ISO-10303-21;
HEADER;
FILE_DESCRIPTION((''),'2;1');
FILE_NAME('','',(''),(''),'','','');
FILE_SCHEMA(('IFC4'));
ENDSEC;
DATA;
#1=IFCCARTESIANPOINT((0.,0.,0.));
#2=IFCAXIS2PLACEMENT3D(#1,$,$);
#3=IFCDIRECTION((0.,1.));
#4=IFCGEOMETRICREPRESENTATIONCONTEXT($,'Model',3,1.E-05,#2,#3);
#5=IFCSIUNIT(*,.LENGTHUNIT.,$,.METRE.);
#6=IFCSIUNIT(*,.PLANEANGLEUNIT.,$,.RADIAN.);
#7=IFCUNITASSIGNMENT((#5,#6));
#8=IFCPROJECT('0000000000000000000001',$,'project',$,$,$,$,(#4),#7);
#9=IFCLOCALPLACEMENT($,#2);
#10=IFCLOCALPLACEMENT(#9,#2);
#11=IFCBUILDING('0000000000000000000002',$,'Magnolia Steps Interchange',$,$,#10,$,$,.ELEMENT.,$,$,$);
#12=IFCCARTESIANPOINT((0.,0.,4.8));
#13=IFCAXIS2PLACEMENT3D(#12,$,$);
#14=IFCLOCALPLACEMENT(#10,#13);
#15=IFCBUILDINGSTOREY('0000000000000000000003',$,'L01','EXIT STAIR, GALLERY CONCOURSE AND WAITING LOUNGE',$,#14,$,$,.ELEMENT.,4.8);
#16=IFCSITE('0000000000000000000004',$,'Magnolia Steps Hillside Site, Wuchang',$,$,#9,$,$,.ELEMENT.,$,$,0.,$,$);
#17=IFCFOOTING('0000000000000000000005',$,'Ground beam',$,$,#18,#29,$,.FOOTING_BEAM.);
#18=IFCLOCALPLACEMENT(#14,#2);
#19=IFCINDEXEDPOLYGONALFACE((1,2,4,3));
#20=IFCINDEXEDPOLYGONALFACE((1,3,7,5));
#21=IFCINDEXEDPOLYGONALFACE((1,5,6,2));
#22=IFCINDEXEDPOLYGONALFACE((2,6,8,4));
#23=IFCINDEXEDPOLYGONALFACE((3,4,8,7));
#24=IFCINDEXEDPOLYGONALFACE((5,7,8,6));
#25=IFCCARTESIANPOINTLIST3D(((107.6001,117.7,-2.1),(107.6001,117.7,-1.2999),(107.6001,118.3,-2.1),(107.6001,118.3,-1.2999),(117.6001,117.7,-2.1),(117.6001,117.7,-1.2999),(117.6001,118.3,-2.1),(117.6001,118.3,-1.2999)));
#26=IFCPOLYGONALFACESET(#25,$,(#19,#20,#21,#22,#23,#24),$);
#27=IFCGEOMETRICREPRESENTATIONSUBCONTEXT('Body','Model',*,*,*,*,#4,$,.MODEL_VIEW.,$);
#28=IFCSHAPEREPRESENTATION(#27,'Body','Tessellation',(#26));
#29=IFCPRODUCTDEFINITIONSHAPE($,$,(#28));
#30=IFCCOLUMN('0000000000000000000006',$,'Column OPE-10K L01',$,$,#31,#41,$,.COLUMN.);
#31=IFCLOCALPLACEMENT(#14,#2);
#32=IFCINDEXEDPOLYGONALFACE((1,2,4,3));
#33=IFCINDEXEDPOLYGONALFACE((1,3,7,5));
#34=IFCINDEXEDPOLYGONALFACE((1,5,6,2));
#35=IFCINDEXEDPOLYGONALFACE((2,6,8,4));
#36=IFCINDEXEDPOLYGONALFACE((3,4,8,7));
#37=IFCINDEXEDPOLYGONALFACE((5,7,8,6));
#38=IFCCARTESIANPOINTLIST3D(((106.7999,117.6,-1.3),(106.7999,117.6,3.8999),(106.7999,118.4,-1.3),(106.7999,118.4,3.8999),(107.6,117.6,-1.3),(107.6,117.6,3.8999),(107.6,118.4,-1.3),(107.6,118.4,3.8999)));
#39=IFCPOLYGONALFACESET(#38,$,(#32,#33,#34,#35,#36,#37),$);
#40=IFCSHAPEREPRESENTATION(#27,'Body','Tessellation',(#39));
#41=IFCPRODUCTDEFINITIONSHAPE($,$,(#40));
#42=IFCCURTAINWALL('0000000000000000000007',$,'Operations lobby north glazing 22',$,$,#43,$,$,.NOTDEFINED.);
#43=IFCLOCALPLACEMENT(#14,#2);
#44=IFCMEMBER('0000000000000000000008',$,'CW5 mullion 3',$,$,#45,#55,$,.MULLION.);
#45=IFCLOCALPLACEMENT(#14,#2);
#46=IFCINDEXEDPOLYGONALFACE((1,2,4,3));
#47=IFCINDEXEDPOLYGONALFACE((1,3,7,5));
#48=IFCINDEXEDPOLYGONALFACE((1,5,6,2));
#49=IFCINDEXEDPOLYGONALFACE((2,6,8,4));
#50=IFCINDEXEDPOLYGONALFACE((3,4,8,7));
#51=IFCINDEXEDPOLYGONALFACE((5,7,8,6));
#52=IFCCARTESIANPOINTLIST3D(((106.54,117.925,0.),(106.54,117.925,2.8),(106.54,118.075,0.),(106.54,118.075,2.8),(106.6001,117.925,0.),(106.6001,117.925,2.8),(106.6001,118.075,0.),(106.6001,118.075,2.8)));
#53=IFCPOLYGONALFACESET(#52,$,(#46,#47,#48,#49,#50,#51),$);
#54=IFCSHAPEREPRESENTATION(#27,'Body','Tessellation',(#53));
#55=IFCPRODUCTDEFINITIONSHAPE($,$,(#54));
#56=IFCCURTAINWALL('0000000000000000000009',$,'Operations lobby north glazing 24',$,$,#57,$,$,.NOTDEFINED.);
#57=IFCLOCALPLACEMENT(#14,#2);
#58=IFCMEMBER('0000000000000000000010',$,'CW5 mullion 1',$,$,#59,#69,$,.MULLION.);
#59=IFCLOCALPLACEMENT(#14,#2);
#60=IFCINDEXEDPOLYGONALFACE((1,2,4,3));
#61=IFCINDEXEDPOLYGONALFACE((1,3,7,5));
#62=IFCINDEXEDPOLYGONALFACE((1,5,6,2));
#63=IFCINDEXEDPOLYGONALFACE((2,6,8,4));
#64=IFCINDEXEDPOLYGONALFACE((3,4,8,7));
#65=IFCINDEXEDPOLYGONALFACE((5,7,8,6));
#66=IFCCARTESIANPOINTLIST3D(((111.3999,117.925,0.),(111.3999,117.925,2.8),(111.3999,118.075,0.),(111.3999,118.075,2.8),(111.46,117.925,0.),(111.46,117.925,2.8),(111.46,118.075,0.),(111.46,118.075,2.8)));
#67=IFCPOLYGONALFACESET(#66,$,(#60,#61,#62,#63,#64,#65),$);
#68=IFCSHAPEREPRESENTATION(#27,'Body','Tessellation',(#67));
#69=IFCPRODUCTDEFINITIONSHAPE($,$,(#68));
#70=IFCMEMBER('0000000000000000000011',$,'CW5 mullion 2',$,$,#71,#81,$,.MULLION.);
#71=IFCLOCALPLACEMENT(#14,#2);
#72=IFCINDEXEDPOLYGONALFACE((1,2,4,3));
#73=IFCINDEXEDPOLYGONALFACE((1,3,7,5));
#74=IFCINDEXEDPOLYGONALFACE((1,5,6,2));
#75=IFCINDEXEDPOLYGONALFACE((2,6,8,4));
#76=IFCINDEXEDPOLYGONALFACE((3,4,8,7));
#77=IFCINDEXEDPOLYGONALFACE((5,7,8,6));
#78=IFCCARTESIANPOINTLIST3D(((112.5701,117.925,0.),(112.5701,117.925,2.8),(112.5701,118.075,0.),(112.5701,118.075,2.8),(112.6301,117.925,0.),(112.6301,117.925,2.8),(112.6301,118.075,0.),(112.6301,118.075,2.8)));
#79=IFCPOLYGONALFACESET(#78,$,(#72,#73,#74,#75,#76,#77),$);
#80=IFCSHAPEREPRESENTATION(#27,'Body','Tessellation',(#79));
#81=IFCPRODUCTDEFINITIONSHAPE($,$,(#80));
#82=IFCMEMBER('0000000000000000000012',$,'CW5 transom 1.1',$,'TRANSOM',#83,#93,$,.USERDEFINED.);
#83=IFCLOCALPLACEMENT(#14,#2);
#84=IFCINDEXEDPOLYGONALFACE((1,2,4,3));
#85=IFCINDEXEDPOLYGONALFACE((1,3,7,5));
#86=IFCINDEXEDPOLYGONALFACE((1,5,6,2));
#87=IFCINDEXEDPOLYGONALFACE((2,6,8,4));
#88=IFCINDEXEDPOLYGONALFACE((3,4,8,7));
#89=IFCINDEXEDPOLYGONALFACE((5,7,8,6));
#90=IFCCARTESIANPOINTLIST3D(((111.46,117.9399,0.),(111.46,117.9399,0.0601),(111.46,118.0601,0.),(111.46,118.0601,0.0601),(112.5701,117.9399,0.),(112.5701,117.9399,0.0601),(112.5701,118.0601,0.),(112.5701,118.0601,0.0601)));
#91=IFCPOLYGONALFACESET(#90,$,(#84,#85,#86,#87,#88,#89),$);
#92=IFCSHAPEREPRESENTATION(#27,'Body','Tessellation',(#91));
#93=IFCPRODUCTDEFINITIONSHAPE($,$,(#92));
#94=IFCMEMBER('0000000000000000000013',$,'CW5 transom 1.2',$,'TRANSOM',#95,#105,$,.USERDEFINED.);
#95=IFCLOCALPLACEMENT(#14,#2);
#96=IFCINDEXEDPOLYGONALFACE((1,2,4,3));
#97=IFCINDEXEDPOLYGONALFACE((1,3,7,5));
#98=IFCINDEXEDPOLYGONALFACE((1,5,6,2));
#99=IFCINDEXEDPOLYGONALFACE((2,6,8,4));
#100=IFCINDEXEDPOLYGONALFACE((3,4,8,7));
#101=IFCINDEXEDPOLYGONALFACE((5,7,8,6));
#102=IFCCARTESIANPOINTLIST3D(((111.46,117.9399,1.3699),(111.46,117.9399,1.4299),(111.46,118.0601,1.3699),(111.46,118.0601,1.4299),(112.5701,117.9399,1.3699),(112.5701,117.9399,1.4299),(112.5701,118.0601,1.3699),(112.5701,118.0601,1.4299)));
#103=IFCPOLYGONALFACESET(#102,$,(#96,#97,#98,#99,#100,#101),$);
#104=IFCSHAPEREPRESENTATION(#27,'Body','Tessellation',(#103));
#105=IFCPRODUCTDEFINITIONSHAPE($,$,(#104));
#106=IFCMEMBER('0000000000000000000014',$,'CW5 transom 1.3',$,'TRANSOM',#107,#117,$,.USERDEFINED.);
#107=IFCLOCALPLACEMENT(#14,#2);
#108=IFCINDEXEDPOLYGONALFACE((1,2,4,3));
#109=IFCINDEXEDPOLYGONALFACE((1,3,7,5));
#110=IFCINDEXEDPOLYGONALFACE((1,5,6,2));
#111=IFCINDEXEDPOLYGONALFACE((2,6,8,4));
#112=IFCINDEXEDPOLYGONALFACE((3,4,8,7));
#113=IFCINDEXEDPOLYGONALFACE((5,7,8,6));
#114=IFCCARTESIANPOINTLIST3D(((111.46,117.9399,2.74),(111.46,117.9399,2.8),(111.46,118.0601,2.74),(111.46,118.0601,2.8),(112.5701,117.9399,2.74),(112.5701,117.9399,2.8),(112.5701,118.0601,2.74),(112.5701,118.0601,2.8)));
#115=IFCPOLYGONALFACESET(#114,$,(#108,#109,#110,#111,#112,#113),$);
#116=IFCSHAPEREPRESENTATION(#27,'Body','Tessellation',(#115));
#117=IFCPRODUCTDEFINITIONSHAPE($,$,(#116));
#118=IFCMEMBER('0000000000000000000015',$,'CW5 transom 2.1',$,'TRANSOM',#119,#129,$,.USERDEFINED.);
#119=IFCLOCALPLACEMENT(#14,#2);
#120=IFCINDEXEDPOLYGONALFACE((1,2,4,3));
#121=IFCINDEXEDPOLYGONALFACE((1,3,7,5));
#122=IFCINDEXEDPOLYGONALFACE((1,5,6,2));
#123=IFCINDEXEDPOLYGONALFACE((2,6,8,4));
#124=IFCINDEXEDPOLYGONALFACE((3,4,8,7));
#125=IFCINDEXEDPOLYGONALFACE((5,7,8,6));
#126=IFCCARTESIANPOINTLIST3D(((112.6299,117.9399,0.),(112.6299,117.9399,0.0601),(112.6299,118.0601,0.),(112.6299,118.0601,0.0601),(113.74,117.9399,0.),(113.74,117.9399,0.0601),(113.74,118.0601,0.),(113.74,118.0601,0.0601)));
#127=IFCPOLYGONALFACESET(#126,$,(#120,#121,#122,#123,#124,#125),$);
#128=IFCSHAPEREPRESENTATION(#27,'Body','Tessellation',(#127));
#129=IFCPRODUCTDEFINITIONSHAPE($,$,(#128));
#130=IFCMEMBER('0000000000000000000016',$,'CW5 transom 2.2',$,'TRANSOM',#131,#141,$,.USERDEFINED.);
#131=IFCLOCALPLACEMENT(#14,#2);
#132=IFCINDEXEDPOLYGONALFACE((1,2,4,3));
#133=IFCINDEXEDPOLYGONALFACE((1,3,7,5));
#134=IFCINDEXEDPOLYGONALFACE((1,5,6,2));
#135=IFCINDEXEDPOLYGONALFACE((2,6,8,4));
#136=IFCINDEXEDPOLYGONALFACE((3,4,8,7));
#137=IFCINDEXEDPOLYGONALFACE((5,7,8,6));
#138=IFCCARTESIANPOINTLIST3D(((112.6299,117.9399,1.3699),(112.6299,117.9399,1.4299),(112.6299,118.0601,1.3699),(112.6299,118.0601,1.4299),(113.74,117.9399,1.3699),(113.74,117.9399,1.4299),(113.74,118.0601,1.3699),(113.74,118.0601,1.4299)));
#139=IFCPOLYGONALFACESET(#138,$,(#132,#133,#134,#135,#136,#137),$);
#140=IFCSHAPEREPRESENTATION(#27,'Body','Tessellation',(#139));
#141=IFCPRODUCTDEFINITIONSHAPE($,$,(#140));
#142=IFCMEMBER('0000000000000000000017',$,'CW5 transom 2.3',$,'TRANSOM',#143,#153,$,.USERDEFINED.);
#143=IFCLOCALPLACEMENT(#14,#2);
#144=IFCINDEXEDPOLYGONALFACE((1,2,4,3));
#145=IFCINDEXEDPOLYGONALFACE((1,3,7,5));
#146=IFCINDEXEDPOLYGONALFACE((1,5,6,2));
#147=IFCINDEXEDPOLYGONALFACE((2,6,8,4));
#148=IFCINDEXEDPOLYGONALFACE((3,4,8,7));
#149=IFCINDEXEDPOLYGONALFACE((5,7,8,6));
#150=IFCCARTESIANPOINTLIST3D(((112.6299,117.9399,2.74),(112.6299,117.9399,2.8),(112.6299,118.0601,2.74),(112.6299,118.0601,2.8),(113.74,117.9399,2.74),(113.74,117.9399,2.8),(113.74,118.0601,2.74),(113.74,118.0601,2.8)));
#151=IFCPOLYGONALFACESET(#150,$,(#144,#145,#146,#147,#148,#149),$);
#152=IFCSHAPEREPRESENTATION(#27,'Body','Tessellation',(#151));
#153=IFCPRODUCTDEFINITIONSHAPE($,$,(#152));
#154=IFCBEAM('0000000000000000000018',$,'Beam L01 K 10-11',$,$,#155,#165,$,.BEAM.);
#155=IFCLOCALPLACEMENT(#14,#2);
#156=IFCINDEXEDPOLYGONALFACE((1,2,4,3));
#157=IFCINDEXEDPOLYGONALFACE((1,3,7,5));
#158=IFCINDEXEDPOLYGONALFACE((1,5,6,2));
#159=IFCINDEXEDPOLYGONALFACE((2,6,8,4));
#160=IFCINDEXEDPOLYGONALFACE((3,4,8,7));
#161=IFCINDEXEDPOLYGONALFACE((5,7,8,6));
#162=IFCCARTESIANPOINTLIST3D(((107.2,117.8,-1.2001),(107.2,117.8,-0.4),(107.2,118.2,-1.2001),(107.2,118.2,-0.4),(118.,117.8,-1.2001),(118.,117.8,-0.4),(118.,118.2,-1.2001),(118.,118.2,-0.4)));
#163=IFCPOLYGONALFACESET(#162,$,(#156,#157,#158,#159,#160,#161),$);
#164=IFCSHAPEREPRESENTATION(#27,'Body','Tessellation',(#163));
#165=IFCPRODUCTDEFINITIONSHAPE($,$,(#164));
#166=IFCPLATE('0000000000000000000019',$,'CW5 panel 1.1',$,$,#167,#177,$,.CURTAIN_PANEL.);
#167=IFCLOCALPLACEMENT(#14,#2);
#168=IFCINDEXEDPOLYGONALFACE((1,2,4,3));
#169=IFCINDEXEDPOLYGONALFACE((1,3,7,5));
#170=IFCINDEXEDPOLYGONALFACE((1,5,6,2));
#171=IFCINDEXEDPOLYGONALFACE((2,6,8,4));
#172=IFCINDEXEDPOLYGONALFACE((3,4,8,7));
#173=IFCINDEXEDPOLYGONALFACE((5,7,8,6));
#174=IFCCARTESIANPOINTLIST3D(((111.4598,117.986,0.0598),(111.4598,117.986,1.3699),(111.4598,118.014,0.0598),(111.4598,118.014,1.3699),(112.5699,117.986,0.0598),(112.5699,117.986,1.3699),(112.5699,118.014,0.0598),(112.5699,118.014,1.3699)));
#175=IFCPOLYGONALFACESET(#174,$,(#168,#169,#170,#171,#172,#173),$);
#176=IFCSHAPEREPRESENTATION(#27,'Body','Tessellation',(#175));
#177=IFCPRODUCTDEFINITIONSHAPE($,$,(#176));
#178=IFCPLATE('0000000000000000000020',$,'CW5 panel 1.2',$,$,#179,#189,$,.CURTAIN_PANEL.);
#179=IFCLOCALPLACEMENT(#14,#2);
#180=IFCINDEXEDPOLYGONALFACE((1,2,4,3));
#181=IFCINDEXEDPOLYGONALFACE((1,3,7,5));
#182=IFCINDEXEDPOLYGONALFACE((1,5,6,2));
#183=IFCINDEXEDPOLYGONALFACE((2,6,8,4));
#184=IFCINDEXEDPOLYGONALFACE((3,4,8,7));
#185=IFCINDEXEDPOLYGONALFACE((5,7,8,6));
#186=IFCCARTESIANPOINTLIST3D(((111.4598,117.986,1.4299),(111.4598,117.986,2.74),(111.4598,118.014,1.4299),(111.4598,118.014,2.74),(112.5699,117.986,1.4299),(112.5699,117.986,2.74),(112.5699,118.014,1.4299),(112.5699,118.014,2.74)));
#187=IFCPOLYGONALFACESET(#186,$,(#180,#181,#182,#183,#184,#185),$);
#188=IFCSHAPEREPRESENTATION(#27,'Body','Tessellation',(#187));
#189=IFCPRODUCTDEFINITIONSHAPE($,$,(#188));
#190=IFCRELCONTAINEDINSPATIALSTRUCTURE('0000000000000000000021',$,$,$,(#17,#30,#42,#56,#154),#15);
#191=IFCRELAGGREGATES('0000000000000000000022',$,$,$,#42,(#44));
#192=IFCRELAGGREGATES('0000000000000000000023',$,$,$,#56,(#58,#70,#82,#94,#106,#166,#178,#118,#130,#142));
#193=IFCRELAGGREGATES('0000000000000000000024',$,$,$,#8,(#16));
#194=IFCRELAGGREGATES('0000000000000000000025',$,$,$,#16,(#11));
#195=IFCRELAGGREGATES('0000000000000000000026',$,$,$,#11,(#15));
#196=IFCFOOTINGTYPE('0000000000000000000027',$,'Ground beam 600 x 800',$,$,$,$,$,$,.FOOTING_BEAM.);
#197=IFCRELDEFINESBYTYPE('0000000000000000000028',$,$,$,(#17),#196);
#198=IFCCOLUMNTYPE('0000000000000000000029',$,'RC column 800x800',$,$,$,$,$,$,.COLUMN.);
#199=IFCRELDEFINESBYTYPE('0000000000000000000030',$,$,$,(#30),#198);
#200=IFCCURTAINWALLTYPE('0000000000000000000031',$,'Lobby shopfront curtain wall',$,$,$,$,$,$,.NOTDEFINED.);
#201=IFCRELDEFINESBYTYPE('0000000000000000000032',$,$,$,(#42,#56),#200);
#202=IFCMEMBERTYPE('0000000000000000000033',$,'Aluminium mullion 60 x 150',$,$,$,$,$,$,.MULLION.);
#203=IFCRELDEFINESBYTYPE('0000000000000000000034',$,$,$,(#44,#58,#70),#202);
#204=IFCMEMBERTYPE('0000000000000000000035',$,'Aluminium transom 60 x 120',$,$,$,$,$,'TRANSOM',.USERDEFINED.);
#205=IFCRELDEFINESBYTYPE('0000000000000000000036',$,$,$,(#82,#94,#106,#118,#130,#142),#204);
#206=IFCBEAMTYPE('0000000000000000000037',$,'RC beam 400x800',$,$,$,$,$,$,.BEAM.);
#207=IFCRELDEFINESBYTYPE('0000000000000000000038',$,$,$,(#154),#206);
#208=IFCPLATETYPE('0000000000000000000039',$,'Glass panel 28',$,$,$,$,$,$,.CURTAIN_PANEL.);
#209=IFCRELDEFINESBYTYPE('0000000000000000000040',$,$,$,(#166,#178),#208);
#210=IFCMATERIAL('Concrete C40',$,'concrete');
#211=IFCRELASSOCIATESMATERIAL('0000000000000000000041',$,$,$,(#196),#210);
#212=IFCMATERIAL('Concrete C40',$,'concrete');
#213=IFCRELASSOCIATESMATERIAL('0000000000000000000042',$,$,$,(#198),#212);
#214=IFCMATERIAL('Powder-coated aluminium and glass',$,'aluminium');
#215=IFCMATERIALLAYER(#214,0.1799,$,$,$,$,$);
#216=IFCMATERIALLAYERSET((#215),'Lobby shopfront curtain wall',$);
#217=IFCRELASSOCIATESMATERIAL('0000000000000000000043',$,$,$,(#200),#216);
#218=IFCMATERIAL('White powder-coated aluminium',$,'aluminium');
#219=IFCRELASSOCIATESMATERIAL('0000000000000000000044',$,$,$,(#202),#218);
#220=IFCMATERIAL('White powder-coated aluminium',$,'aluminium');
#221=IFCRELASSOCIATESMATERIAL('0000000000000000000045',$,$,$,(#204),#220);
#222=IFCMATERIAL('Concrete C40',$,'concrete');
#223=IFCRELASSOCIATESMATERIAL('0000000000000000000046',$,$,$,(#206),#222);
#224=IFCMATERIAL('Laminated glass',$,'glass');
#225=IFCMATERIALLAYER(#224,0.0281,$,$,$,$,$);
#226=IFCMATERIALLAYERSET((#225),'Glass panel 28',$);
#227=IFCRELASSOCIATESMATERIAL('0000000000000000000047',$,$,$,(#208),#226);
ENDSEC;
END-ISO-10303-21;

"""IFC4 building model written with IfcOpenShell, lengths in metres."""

from ifc_helpers import new_model, si_unit, direction, frame, origin, origin_2d, place, context, subcontext, project, spatial, rectangle, extrude, material, layer, layer_set, material_profile, profile_set, type_object, element, aggregate, save


model = new_model("IFC4")

# Units and contexts
model_context = context("Model", 3, precision=1e-05, world=origin(), true_north=direction((0.0, 1.0)))
body_context = subcontext(model_context, "Body", "Model", "MODEL_VIEW")
ifc_project = project(units=[si_unit("LENGTHUNIT", "METRE"), si_unit("PLANEANGLEUNIT", "RADIAN")], contexts=[model_context])

# Site, building, storey
site_placement = place(None, origin())
site = spatial("IfcSite", under=ifc_project, at=site_placement, Name="Magnolia Steps Hillside Site, Wuchang", CompositionType="ELEMENT", RefElevation=0.0)
building_placement = place(site_placement, origin())
building = spatial("IfcBuilding", under=site, at=building_placement, Name="Magnolia Steps Interchange", CompositionType="ELEMENT")
storey_placement = place(building_placement, frame((0.0, 0.0, 4.8)))
storey = spatial("IfcBuildingStorey", under=building, at=storey_placement, Name="L01", Description="EXIT STAIR, GALLERY CONCOURSE AND WAITING LOUNGE", CompositionType="ELEMENT", Elevation=4.8)

# Footing
ifc_material_1 = material(Name="Concrete C40", Category="concrete")
ifc_material_profile_1 = material_profile(ifc_material_1, rectangle(XDim=0.6001, YDim=0.8, at=origin_2d()), Name="RC600x800")
ifc_profile_set_1 = profile_set([ifc_material_profile_1], Name="Concrete C40")
footing_type = type_object("IfcFootingType", Name="Ground beam 600 x 800", PredefinedType="FOOTING_BEAM", material=ifc_profile_set_1)
footing_placement = place(storey_placement, frame((107.6001, 118.0, -1.7), z_axis=(1.0, 0.0, 0.0), x_axis=(0.0, 1.0, 0.0)))
element("IfcFooting", 1, at=footing_placement, inside=storey, type_object=footing_type, Name="Ground beam", PredefinedType="FOOTING_BEAM", context=body_context, shape_type="SweptSolid", body=[
    extrude(rectangle(XDim=0.6001, YDim=0.8, at=origin_2d()), origin(), (0.0, 0.0, 1.0), 10.0),
])

# Column
ifc_material_2 = material(Name="Concrete C40", Category="concrete")
ifc_material_profile_2 = material_profile(ifc_material_2, rectangle(XDim=0.8, YDim=0.8, at=origin_2d()), Name="RC800x800")
ifc_profile_set_2 = profile_set([ifc_material_profile_2], Name="Concrete C40")
column_type = type_object("IfcColumnType", Name="RC column 800x800", PredefinedType="COLUMN", material=ifc_profile_set_2)
column_placement = place(storey_placement, frame((107.2, 118.0, -1.3), z_axis=(0.0, 0.0, 1.0), x_axis=(1.0, 0.0, 0.0)))
element("IfcColumn", 2, at=column_placement, inside=storey, type_object=column_type, Name="Column OPE-10K L01", PredefinedType="COLUMN", context=body_context, shape_type="SweptSolid", body=[
    extrude(rectangle(XDim=0.8, YDim=0.8, at=origin_2d()), origin(), (0.0, 0.0, 1.0), 5.2),
])

# Curtain wall, member
ifc_material_3 = material(Name="Powder-coated aluminium and glass", Category="aluminium")
ifc_layer_1 = layer(ifc_material_3, 0.1799)
ifc_layer_set_1 = layer_set([ifc_layer_1], Name="Lobby shopfront curtain wall")
curtain_wall_type = type_object("IfcCurtainWallType", Name="Lobby shopfront curtain wall", PredefinedType="NOTDEFINED", material=ifc_layer_set_1)
curtain_wall_1_placement = place(storey_placement, origin())
curtain_wall_1 = element("IfcCurtainWall", 3, at=curtain_wall_1_placement, inside=storey, type_object=curtain_wall_type, Name="Operations lobby north glazing 22", PredefinedType="NOTDEFINED")
ifc_material_4 = material(Name="White powder-coated aluminium", Category="aluminium")
ifc_material_profile_3 = material_profile(ifc_material_4, rectangle(XDim=0.0601, YDim=0.1499, at=origin_2d()), Name="Aluminium mullion 60 x 150")
ifc_profile_set_3 = profile_set([ifc_material_profile_3], Name="White powder-coated aluminium")
member_type_1 = type_object("IfcMemberType", Name="Aluminium mullion 60 x 150", PredefinedType="MULLION", material=ifc_profile_set_3)
member_1_placement = place(storey_placement, frame((106.5701, 118.0, 0.0), z_axis=(0.0, 0.0, 1.0), x_axis=(1.0, 0.0, 0.0)))
member_1 = element("IfcMember", 4, at=member_1_placement, type_object=member_type_1, Name="CW5 mullion 3", PredefinedType="MULLION", context=body_context, shape_type="SweptSolid", body=[
    extrude(rectangle(XDim=0.0601, YDim=0.1499, at=origin_2d()), origin(), (0.0, 0.0, 1.0), 2.8),
])
aggregate(curtain_wall_1, [member_1])

# Curtain wall, members
curtain_wall_2_placement = place(storey_placement, origin())
curtain_wall_2 = element("IfcCurtainWall", 5, at=curtain_wall_2_placement, inside=storey, type_object=curtain_wall_type, Name="Operations lobby north glazing 24", PredefinedType="NOTDEFINED")
member_2_placement = place(storey_placement, frame((111.4299, 118.0, 0.0), z_axis=(0.0, 0.0, 1.0), x_axis=(1.0, 0.0, 0.0)))
member_2 = element("IfcMember", 6, at=member_2_placement, type_object=member_type_1, Name="CW5 mullion 1", PredefinedType="MULLION", context=body_context, shape_type="SweptSolid", body=[
    extrude(rectangle(XDim=0.0601, YDim=0.1499, at=origin_2d()), origin(), (0.0, 0.0, 1.0), 2.8),
])
member_3_placement = place(storey_placement, frame((112.6001, 118.0, 0.0), z_axis=(0.0, 0.0, 1.0), x_axis=(1.0, 0.0, 0.0)))
member_3 = element("IfcMember", 7, at=member_3_placement, type_object=member_type_1, Name="CW5 mullion 2", PredefinedType="MULLION", context=body_context, shape_type="SweptSolid", body=[
    extrude(rectangle(XDim=0.0601, YDim=0.1499, at=origin_2d()), origin(), (0.0, 0.0, 1.0), 2.8),
])
ifc_material_5 = material(Name="White powder-coated aluminium", Category="aluminium")
ifc_material_profile_4 = material_profile(ifc_material_5, rectangle(XDim=0.0601, YDim=0.1201, at=origin_2d()), Name="Aluminium transom 60 x 120")
ifc_profile_set_4 = profile_set([ifc_material_profile_4], Name="White powder-coated aluminium")
member_type_2 = type_object("IfcMemberType", Name="Aluminium transom 60 x 120", ElementType="TRANSOM", PredefinedType="USERDEFINED", material=ifc_profile_set_4)
member_4_placement = place(storey_placement, frame((111.46, 118.0, 0.03), z_axis=(1.0, 0.0, 0.0), x_axis=(0.0, 0.0, 1.0)))
member_4 = element("IfcMember", 8, at=member_4_placement, type_object=member_type_2, Name="CW5 transom 1.1", ObjectType="TRANSOM", PredefinedType="USERDEFINED", context=body_context, shape_type="SweptSolid", body=[
    extrude(rectangle(XDim=0.0601, YDim=0.1201, at=origin_2d()), origin(), (0.0, 0.0, 1.0), 1.1101),
])
member_5_placement = place(storey_placement, frame((111.46, 118.0, 1.3999), z_axis=(1.0, 0.0, 0.0), x_axis=(0.0, 0.0, 1.0)))
member_5 = element("IfcMember", 9, at=member_5_placement, type_object=member_type_2, Name="CW5 transom 1.2", ObjectType="TRANSOM", PredefinedType="USERDEFINED", context=body_context, shape_type="SweptSolid", body=[
    extrude(rectangle(XDim=0.0601, YDim=0.1201, at=origin_2d()), origin(), (0.0, 0.0, 1.0), 1.1101),
])
member_6_placement = place(storey_placement, frame((111.46, 118.0, 2.77), z_axis=(1.0, 0.0, 0.0), x_axis=(0.0, 0.0, 1.0)))
member_6 = element("IfcMember", 10, at=member_6_placement, type_object=member_type_2, Name="CW5 transom 1.3", ObjectType="TRANSOM", PredefinedType="USERDEFINED", context=body_context, shape_type="SweptSolid", body=[
    extrude(rectangle(XDim=0.0601, YDim=0.1201, at=origin_2d()), origin(), (0.0, 0.0, 1.0), 1.1101),
])
member_7_placement = place(storey_placement, frame((112.6299, 118.0, 0.03), z_axis=(1.0, 0.0, 0.0), x_axis=(0.0, 0.0, 1.0)))
member_7 = element("IfcMember", 11, at=member_7_placement, type_object=member_type_2, Name="CW5 transom 2.1", ObjectType="TRANSOM", PredefinedType="USERDEFINED", context=body_context, shape_type="SweptSolid", body=[
    extrude(rectangle(XDim=0.0601, YDim=0.1201, at=origin_2d()), origin(), (0.0, 0.0, 1.0), 1.1101),
])
member_8_placement = place(storey_placement, frame((112.6299, 118.0, 1.3999), z_axis=(1.0, 0.0, 0.0), x_axis=(0.0, 0.0, 1.0)))
member_8 = element("IfcMember", 12, at=member_8_placement, type_object=member_type_2, Name="CW5 transom 2.2", ObjectType="TRANSOM", PredefinedType="USERDEFINED", context=body_context, shape_type="SweptSolid", body=[
    extrude(rectangle(XDim=0.0601, YDim=0.1201, at=origin_2d()), origin(), (0.0, 0.0, 1.0), 1.1101),
])
member_9_placement = place(storey_placement, frame((112.6299, 118.0, 2.77), z_axis=(1.0, 0.0, 0.0), x_axis=(0.0, 0.0, 1.0)))
member_9 = element("IfcMember", 13, at=member_9_placement, type_object=member_type_2, Name="CW5 transom 2.3", ObjectType="TRANSOM", PredefinedType="USERDEFINED", context=body_context, shape_type="SweptSolid", body=[
    extrude(rectangle(XDim=0.0601, YDim=0.1201, at=origin_2d()), origin(), (0.0, 0.0, 1.0), 1.1101),
])

# Beam
ifc_material_6 = material(Name="Concrete C40", Category="concrete")
ifc_material_profile_5 = material_profile(ifc_material_6, rectangle(XDim=0.3999, YDim=0.8, at=origin_2d()), Name="RC400x800")
ifc_profile_set_5 = profile_set([ifc_material_profile_5], Name="Concrete C40")
beam_type = type_object("IfcBeamType", Name="RC beam 400x800", PredefinedType="BEAM", material=ifc_profile_set_5)
beam_placement = place(storey_placement, frame((107.2, 118.0, -0.8), z_axis=(1.0, 0.0, 0.0), x_axis=(0.0, 1.0, 0.0)))
element("IfcBeam", 14, at=beam_placement, inside=storey, type_object=beam_type, Name="Beam L01 K 10-11", PredefinedType="BEAM", context=body_context, shape_type="SweptSolid", body=[
    extrude(rectangle(XDim=0.3999, YDim=0.8, at=origin_2d()), origin(), (0.0, 0.0, 1.0), 10.8),
])

# Plates
ifc_material_7 = material(Name="Laminated glass", Category="glass")
ifc_layer_2 = layer(ifc_material_7, 0.0281)
ifc_layer_set_2 = layer_set([ifc_layer_2], Name="Glass panel 28")
plate_type = type_object("IfcPlateType", Name="Glass panel 28", PredefinedType="CURTAIN_PANEL", material=ifc_layer_set_2)
plate_1_placement = place(storey_placement, frame((112.0149, 118.0, 0.0598), z_axis=(0.0, 0.0, 1.0), x_axis=(1.0, 0.0, 0.0)))
plate_1 = element("IfcPlate", 15, at=plate_1_placement, type_object=plate_type, Name="CW5 panel 1.1", PredefinedType="CURTAIN_PANEL", context=body_context, shape_type="SweptSolid", body=[
    extrude(rectangle(XDim=1.1101, YDim=0.0281, at=origin_2d()), origin(), (0.0, 0.0, 1.0), 1.3101),
])
plate_2_placement = place(storey_placement, frame((112.0149, 118.0, 1.4299), z_axis=(0.0, 0.0, 1.0), x_axis=(1.0, 0.0, 0.0)))
plate_2 = element("IfcPlate", 16, at=plate_2_placement, type_object=plate_type, Name="CW5 panel 1.2", PredefinedType="CURTAIN_PANEL", context=body_context, shape_type="SweptSolid", body=[
    extrude(rectangle(XDim=1.1101, YDim=0.0281, at=origin_2d()), origin(), (0.0, 0.0, 1.0), 1.3101),
])
aggregate(curtain_wall_2, [member_2, member_3, member_4, member_5, member_6, plate_1, plate_2, member_7, member_8, member_9])

save(model, "model.ifc")
